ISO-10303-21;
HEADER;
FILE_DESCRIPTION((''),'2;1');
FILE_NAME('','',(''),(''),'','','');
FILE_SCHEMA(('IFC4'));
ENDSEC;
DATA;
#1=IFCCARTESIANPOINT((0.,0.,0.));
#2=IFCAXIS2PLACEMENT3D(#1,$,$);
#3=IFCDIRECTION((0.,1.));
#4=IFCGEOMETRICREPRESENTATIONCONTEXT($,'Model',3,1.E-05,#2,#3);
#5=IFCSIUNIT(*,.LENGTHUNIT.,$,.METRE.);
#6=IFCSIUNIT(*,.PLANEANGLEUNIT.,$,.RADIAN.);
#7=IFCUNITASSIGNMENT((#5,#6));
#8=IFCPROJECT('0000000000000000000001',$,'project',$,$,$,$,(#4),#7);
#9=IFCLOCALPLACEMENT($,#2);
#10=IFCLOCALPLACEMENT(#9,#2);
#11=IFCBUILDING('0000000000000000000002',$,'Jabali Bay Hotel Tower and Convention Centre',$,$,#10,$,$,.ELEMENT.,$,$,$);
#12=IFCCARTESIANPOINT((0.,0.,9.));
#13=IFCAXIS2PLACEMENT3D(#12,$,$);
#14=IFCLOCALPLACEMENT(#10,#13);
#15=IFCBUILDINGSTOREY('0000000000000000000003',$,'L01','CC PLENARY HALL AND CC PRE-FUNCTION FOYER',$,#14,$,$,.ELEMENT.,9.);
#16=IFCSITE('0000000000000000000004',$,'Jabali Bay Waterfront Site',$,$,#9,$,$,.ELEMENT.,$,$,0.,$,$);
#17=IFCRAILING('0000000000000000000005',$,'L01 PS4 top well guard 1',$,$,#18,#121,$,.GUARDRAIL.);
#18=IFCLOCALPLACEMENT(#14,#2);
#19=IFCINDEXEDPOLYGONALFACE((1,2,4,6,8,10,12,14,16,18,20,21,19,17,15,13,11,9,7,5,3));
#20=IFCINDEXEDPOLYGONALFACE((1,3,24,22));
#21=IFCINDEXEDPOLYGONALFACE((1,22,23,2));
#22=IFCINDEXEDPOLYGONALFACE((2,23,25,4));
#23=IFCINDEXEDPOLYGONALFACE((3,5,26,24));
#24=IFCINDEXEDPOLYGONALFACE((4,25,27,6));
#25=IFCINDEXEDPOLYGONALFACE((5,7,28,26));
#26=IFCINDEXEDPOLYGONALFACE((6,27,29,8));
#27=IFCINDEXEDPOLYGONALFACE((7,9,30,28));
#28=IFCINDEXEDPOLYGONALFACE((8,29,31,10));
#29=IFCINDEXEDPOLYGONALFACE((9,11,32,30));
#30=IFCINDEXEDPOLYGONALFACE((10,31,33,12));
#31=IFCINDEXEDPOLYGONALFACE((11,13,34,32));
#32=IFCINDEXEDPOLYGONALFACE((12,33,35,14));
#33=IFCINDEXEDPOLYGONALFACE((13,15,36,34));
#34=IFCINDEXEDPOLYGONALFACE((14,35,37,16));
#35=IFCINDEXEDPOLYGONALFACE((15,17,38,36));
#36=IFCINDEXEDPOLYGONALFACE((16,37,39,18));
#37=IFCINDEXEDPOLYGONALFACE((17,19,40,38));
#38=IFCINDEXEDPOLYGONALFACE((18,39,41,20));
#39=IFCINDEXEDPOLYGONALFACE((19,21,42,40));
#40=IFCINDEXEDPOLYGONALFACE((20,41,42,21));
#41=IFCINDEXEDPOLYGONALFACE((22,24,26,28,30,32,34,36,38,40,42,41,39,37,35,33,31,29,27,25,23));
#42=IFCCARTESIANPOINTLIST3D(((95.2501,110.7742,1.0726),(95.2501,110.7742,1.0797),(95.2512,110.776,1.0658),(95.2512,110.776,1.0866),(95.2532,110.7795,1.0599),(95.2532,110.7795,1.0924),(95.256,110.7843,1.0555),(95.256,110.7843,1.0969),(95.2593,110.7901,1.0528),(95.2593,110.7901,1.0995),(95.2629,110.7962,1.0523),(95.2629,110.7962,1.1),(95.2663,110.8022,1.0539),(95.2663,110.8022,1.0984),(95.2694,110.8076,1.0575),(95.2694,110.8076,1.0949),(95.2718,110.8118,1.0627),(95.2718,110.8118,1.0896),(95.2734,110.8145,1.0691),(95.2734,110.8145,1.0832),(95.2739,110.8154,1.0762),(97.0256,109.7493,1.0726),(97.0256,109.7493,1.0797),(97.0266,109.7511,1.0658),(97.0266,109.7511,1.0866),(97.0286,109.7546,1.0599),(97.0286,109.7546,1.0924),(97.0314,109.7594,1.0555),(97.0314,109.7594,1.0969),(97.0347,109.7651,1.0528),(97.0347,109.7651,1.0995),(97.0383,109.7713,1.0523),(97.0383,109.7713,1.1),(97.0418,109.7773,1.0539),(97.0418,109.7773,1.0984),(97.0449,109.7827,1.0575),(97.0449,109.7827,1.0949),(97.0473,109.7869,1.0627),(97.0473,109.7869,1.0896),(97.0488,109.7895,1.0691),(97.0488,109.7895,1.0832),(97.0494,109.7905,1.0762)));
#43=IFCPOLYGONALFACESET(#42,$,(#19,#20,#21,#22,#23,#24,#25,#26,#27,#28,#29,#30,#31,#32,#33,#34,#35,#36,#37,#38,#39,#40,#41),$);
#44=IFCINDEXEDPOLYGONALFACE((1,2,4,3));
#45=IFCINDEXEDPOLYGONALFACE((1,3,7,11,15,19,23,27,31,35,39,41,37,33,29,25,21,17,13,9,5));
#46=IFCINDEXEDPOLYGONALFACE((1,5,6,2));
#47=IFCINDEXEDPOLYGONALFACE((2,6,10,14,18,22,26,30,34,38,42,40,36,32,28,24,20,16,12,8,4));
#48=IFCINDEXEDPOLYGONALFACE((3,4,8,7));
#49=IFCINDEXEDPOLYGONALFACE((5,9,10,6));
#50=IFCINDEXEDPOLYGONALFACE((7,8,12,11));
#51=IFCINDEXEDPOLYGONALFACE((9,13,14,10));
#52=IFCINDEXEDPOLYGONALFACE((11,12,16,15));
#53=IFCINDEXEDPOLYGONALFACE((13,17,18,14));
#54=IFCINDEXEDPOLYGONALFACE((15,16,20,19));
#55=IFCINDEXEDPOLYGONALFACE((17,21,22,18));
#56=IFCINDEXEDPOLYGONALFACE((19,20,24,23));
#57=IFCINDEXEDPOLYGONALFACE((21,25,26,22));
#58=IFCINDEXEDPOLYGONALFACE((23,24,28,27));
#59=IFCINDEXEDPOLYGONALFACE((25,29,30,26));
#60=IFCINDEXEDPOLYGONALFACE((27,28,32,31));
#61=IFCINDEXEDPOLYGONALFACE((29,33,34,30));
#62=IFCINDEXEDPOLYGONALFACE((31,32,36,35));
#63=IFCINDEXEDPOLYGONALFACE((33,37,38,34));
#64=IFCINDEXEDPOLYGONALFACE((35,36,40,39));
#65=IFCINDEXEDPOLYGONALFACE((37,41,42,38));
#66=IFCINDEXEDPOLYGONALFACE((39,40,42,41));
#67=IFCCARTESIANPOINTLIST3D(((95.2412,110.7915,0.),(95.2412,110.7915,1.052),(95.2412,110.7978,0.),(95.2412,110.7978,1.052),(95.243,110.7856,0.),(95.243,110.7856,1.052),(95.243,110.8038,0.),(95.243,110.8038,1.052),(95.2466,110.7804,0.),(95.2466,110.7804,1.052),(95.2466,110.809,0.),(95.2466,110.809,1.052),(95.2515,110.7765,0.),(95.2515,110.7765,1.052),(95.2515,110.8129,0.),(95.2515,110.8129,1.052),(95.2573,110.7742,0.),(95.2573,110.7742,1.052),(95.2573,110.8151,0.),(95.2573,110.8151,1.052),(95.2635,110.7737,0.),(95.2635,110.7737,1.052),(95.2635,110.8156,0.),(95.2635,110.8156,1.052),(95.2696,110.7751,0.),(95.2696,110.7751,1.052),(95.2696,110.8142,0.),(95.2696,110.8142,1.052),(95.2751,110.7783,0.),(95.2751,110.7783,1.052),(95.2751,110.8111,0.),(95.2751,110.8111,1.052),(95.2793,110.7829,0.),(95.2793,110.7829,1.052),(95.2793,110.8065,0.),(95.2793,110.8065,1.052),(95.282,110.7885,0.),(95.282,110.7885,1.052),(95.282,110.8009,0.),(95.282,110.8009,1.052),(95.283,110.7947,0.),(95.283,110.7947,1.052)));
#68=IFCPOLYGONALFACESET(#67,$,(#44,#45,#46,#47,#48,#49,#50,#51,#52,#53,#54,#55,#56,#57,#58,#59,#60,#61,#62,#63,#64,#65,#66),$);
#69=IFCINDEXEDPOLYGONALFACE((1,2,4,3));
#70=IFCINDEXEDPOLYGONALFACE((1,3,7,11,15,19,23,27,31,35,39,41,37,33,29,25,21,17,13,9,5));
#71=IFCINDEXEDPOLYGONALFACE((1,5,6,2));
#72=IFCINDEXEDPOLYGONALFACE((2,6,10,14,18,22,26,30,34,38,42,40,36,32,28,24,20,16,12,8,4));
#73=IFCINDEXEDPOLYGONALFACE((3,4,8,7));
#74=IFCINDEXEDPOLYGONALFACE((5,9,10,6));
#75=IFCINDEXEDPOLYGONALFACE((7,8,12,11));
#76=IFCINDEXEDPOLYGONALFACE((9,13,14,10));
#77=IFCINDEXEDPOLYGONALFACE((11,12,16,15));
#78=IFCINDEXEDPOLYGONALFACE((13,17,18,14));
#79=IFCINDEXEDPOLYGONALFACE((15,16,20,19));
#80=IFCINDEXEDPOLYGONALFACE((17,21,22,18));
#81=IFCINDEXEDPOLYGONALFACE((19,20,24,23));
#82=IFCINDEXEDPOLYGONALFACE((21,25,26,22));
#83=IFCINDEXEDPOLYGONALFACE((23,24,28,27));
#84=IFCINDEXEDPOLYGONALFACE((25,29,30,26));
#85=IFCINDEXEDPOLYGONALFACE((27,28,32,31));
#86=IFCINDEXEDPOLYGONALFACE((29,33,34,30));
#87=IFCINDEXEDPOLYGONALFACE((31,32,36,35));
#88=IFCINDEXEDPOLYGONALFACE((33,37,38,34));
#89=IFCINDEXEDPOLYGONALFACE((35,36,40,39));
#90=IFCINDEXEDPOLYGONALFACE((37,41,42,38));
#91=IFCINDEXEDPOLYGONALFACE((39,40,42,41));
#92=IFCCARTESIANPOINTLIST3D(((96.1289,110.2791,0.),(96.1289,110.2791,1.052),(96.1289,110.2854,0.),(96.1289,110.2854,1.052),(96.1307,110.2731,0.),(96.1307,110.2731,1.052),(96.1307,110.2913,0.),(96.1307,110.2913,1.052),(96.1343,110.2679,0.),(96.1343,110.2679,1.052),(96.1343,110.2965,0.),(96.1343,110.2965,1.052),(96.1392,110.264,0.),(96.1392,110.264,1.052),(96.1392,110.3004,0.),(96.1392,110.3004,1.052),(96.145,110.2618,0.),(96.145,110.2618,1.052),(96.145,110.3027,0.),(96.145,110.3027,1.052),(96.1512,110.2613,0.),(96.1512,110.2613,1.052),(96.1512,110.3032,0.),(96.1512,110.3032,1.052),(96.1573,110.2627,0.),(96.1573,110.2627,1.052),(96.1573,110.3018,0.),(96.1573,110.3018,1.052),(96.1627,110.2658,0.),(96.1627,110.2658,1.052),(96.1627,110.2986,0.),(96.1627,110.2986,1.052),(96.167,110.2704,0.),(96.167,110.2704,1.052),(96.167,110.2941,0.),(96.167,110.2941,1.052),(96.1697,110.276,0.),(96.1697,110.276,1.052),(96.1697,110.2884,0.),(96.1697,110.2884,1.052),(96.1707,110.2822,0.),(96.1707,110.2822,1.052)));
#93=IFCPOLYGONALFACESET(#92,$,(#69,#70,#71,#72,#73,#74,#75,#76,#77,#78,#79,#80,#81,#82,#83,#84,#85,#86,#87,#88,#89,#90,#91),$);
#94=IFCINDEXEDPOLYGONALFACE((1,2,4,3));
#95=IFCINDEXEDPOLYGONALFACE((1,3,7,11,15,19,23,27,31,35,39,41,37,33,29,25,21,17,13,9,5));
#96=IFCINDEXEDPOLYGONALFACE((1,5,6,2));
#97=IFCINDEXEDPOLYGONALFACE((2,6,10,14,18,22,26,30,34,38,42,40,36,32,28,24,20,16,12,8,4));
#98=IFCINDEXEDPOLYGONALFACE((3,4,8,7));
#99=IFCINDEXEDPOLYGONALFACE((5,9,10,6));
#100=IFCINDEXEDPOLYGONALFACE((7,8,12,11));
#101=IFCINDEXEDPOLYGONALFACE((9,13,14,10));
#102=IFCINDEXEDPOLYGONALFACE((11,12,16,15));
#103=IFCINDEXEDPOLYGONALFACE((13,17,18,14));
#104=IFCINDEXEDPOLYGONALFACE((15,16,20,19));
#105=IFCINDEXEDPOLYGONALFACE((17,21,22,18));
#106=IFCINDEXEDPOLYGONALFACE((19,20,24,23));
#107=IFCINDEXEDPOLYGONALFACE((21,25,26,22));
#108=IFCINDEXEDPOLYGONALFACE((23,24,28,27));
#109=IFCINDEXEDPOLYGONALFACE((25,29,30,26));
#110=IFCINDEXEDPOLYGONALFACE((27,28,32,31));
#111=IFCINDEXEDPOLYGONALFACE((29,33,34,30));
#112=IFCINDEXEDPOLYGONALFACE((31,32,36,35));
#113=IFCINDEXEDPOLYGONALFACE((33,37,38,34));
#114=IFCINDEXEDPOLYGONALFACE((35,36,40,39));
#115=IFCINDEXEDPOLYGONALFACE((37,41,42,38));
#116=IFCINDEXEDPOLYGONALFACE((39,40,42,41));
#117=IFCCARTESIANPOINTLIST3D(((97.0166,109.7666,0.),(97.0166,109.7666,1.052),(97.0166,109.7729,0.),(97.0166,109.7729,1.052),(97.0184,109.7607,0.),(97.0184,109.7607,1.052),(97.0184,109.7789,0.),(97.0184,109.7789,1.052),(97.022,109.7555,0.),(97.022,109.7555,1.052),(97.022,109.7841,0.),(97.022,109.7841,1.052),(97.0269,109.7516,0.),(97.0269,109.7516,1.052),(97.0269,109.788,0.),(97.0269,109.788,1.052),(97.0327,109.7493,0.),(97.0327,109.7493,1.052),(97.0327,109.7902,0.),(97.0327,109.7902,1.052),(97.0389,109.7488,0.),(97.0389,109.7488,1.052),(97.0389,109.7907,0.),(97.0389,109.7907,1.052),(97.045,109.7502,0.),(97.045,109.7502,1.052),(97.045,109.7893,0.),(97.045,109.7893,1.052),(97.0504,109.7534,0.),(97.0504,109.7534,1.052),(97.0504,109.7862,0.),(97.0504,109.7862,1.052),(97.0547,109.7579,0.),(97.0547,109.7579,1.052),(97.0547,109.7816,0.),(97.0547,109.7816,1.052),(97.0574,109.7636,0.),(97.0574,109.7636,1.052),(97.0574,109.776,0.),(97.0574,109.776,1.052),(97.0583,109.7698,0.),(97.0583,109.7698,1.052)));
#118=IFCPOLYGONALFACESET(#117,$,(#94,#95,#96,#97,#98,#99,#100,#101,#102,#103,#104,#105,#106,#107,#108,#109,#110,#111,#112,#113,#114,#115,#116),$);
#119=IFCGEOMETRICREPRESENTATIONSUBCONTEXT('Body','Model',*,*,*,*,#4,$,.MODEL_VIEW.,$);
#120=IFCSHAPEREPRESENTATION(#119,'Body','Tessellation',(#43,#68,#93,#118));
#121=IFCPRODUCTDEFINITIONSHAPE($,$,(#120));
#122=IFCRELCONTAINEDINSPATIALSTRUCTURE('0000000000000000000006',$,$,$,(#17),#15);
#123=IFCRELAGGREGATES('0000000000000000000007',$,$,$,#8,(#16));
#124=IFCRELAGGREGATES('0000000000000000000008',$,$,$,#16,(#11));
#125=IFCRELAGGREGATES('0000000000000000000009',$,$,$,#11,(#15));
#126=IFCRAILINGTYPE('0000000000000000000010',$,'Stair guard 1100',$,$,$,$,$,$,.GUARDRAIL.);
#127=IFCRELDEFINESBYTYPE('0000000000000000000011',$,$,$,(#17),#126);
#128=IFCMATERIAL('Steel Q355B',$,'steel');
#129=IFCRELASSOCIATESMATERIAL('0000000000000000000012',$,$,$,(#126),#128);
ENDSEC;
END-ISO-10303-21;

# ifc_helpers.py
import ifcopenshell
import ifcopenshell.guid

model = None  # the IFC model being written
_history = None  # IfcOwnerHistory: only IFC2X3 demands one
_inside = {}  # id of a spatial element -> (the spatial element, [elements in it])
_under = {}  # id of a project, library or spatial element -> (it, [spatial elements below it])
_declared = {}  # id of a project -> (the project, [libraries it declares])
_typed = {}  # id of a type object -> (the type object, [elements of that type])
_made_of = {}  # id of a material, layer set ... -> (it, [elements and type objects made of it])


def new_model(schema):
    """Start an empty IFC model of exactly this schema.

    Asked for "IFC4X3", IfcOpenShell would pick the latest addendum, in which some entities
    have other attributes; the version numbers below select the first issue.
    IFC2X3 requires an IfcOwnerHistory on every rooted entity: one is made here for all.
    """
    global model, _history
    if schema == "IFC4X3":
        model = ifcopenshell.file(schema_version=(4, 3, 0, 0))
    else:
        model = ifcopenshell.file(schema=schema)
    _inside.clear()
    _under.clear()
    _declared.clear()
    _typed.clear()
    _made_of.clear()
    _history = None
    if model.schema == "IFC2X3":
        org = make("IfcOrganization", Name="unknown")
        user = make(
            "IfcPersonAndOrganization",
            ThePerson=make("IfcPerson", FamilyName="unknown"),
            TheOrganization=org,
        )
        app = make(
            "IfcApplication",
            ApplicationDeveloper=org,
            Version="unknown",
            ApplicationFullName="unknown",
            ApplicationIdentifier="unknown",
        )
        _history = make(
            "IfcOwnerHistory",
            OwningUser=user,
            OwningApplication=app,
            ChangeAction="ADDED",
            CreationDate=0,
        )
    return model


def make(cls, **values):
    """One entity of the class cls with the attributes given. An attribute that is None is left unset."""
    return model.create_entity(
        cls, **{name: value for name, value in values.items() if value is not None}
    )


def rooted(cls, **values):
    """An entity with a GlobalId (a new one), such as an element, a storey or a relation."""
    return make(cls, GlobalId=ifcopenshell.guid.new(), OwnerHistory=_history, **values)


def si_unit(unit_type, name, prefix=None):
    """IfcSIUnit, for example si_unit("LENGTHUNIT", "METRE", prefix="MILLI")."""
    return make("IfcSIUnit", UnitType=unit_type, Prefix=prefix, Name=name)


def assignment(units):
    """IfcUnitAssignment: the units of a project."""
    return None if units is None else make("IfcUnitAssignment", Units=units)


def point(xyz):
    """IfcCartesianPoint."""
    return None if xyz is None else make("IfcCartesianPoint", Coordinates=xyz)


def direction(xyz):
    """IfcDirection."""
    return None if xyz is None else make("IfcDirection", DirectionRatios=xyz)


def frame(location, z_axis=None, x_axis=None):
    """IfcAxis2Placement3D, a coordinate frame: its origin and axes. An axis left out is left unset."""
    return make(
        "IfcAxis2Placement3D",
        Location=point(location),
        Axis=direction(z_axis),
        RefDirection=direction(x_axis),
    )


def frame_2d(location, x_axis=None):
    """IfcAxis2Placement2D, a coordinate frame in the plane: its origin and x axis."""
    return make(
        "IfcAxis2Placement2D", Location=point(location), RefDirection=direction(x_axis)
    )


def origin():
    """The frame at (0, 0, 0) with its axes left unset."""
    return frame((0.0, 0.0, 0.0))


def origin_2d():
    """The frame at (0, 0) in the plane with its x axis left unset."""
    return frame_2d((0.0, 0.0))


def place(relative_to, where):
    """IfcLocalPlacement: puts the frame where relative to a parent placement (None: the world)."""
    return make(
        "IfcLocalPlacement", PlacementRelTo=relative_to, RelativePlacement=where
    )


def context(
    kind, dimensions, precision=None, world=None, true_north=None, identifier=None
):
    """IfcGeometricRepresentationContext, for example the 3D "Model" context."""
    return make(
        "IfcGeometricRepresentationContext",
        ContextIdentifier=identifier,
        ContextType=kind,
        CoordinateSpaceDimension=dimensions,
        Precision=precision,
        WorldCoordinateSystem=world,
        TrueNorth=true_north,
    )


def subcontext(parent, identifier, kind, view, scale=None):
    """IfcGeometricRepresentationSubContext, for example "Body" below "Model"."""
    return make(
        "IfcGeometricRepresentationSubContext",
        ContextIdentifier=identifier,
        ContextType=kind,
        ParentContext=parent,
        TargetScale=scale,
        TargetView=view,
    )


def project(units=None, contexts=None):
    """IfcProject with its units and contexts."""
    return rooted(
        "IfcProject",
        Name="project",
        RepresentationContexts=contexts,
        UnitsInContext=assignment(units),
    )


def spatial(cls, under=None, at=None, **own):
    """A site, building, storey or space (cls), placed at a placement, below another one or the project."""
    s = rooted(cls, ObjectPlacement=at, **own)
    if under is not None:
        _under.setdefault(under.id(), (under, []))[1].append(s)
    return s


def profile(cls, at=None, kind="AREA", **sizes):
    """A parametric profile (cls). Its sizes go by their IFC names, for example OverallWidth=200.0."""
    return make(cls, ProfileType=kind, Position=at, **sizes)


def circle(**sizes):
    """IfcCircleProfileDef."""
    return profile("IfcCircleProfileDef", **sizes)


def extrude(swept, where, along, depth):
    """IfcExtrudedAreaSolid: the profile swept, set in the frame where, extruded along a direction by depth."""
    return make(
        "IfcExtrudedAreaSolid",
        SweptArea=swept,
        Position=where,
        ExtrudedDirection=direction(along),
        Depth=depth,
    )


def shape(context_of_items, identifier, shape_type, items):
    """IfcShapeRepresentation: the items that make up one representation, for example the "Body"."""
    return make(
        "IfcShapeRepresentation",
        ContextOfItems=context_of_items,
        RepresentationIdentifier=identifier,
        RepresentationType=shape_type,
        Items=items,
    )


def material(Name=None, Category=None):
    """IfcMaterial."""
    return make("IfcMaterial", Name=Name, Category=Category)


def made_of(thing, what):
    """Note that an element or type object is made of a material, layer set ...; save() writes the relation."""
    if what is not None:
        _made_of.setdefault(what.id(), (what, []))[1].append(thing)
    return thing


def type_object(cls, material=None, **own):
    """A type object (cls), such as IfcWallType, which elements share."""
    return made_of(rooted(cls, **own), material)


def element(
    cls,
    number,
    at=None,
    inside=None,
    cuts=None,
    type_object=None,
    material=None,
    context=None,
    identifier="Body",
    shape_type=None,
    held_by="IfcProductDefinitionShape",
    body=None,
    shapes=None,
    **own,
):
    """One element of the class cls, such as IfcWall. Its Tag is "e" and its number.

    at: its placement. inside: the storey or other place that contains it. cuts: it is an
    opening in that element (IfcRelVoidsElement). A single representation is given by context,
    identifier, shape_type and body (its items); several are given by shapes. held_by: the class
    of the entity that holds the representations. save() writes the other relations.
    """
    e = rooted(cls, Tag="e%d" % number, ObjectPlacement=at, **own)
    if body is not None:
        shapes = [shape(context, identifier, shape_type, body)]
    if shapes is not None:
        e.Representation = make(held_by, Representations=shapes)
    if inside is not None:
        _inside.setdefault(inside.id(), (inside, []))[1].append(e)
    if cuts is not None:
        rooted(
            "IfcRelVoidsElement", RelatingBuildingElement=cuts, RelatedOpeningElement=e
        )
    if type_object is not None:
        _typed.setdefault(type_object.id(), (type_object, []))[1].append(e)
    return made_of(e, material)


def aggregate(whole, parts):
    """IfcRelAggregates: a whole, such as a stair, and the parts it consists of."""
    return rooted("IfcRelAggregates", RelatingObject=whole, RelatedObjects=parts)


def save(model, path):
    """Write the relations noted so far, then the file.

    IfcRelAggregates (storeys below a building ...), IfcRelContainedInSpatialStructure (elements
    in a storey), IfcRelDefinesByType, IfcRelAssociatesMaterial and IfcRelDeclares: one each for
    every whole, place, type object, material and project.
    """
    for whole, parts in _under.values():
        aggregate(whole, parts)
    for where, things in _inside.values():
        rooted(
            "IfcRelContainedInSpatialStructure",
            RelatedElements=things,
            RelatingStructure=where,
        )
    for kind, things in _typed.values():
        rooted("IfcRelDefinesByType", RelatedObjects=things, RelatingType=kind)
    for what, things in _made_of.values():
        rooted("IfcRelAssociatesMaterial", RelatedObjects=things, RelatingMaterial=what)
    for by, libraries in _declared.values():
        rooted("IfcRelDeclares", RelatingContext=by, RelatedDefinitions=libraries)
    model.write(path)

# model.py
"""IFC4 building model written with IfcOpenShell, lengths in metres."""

from ifc_helpers import new_model, si_unit, direction, frame, origin, origin_2d, place, context, subcontext, project, spatial, circle, extrude, material, type_object, element, save


model = new_model("IFC4")

# Units and contexts
model_context = context("Model", 3, precision=1e-05, world=origin(), true_north=direction((0.0, 1.0)))
body_context = subcontext(model_context, "Body", "Model", "MODEL_VIEW")
ifc_project = project(units=[si_unit("LENGTHUNIT", "METRE"), si_unit("PLANEANGLEUNIT", "RADIAN")], contexts=[model_context])

# Site, building, storey
site_placement = place(None, origin())
site = spatial("IfcSite", under=ifc_project, at=site_placement, Name="Jabali Bay Waterfront Site", CompositionType="ELEMENT", RefElevation=0.0)
building_placement = place(site_placement, origin())
building = spatial("IfcBuilding", under=site, at=building_placement, Name="Jabali Bay Hotel Tower and Convention Centre", CompositionType="ELEMENT")
storey_placement = place(building_placement, frame((0.0, 0.0, 9.0)))
storey = spatial("IfcBuildingStorey", under=building, at=storey_placement, Name="L01", Description="CC PLENARY HALL AND CC PRE-FUNCTION FOYER", CompositionType="ELEMENT", Elevation=9.0)

# Railing
ifc_material_1 = material(Name="Steel Q355B", Category="steel")
railing_type_1 = type_object("IfcRailingType", Name="Stair guard 1100", PredefinedType="GUARDRAIL", material=ifc_material_1)
railing_1_placement = place(storey_placement, frame((95.262, 110.7947, 0.0)))
element("IfcRailing", 1, at=railing_1_placement, inside=storey, type_object=railing_type_1, Name="L01 PS4 top well guard 1", PredefinedType="GUARDRAIL", context=body_context, shape_type="SweptSolid", body=[
    extrude(circle(Radius=0.0239, at=origin_2d()), frame((0.0, 0.0, 1.0762), z_axis=(0.866051, -0.499956, 0.0), x_axis=(0.499956, 0.866051, 0.0)), (0.0, 0.0, 1.0), 2.05),
    extrude(circle(Radius=0.021, at=origin_2d()), origin(), (0.0, 0.0, 1.0), 1.052),
    extrude(circle(Radius=0.021, at=origin_2d()), frame((0.8877, -0.5125, 0.0)), (0.0, 0.0, 1.0), 1.052),
    extrude(circle(Radius=0.021, at=origin_2d()), frame((1.7754, -1.0249, 0.0)), (0.0, 0.0, 1.0), 1.052),
])

save(model, "model.ifc")
